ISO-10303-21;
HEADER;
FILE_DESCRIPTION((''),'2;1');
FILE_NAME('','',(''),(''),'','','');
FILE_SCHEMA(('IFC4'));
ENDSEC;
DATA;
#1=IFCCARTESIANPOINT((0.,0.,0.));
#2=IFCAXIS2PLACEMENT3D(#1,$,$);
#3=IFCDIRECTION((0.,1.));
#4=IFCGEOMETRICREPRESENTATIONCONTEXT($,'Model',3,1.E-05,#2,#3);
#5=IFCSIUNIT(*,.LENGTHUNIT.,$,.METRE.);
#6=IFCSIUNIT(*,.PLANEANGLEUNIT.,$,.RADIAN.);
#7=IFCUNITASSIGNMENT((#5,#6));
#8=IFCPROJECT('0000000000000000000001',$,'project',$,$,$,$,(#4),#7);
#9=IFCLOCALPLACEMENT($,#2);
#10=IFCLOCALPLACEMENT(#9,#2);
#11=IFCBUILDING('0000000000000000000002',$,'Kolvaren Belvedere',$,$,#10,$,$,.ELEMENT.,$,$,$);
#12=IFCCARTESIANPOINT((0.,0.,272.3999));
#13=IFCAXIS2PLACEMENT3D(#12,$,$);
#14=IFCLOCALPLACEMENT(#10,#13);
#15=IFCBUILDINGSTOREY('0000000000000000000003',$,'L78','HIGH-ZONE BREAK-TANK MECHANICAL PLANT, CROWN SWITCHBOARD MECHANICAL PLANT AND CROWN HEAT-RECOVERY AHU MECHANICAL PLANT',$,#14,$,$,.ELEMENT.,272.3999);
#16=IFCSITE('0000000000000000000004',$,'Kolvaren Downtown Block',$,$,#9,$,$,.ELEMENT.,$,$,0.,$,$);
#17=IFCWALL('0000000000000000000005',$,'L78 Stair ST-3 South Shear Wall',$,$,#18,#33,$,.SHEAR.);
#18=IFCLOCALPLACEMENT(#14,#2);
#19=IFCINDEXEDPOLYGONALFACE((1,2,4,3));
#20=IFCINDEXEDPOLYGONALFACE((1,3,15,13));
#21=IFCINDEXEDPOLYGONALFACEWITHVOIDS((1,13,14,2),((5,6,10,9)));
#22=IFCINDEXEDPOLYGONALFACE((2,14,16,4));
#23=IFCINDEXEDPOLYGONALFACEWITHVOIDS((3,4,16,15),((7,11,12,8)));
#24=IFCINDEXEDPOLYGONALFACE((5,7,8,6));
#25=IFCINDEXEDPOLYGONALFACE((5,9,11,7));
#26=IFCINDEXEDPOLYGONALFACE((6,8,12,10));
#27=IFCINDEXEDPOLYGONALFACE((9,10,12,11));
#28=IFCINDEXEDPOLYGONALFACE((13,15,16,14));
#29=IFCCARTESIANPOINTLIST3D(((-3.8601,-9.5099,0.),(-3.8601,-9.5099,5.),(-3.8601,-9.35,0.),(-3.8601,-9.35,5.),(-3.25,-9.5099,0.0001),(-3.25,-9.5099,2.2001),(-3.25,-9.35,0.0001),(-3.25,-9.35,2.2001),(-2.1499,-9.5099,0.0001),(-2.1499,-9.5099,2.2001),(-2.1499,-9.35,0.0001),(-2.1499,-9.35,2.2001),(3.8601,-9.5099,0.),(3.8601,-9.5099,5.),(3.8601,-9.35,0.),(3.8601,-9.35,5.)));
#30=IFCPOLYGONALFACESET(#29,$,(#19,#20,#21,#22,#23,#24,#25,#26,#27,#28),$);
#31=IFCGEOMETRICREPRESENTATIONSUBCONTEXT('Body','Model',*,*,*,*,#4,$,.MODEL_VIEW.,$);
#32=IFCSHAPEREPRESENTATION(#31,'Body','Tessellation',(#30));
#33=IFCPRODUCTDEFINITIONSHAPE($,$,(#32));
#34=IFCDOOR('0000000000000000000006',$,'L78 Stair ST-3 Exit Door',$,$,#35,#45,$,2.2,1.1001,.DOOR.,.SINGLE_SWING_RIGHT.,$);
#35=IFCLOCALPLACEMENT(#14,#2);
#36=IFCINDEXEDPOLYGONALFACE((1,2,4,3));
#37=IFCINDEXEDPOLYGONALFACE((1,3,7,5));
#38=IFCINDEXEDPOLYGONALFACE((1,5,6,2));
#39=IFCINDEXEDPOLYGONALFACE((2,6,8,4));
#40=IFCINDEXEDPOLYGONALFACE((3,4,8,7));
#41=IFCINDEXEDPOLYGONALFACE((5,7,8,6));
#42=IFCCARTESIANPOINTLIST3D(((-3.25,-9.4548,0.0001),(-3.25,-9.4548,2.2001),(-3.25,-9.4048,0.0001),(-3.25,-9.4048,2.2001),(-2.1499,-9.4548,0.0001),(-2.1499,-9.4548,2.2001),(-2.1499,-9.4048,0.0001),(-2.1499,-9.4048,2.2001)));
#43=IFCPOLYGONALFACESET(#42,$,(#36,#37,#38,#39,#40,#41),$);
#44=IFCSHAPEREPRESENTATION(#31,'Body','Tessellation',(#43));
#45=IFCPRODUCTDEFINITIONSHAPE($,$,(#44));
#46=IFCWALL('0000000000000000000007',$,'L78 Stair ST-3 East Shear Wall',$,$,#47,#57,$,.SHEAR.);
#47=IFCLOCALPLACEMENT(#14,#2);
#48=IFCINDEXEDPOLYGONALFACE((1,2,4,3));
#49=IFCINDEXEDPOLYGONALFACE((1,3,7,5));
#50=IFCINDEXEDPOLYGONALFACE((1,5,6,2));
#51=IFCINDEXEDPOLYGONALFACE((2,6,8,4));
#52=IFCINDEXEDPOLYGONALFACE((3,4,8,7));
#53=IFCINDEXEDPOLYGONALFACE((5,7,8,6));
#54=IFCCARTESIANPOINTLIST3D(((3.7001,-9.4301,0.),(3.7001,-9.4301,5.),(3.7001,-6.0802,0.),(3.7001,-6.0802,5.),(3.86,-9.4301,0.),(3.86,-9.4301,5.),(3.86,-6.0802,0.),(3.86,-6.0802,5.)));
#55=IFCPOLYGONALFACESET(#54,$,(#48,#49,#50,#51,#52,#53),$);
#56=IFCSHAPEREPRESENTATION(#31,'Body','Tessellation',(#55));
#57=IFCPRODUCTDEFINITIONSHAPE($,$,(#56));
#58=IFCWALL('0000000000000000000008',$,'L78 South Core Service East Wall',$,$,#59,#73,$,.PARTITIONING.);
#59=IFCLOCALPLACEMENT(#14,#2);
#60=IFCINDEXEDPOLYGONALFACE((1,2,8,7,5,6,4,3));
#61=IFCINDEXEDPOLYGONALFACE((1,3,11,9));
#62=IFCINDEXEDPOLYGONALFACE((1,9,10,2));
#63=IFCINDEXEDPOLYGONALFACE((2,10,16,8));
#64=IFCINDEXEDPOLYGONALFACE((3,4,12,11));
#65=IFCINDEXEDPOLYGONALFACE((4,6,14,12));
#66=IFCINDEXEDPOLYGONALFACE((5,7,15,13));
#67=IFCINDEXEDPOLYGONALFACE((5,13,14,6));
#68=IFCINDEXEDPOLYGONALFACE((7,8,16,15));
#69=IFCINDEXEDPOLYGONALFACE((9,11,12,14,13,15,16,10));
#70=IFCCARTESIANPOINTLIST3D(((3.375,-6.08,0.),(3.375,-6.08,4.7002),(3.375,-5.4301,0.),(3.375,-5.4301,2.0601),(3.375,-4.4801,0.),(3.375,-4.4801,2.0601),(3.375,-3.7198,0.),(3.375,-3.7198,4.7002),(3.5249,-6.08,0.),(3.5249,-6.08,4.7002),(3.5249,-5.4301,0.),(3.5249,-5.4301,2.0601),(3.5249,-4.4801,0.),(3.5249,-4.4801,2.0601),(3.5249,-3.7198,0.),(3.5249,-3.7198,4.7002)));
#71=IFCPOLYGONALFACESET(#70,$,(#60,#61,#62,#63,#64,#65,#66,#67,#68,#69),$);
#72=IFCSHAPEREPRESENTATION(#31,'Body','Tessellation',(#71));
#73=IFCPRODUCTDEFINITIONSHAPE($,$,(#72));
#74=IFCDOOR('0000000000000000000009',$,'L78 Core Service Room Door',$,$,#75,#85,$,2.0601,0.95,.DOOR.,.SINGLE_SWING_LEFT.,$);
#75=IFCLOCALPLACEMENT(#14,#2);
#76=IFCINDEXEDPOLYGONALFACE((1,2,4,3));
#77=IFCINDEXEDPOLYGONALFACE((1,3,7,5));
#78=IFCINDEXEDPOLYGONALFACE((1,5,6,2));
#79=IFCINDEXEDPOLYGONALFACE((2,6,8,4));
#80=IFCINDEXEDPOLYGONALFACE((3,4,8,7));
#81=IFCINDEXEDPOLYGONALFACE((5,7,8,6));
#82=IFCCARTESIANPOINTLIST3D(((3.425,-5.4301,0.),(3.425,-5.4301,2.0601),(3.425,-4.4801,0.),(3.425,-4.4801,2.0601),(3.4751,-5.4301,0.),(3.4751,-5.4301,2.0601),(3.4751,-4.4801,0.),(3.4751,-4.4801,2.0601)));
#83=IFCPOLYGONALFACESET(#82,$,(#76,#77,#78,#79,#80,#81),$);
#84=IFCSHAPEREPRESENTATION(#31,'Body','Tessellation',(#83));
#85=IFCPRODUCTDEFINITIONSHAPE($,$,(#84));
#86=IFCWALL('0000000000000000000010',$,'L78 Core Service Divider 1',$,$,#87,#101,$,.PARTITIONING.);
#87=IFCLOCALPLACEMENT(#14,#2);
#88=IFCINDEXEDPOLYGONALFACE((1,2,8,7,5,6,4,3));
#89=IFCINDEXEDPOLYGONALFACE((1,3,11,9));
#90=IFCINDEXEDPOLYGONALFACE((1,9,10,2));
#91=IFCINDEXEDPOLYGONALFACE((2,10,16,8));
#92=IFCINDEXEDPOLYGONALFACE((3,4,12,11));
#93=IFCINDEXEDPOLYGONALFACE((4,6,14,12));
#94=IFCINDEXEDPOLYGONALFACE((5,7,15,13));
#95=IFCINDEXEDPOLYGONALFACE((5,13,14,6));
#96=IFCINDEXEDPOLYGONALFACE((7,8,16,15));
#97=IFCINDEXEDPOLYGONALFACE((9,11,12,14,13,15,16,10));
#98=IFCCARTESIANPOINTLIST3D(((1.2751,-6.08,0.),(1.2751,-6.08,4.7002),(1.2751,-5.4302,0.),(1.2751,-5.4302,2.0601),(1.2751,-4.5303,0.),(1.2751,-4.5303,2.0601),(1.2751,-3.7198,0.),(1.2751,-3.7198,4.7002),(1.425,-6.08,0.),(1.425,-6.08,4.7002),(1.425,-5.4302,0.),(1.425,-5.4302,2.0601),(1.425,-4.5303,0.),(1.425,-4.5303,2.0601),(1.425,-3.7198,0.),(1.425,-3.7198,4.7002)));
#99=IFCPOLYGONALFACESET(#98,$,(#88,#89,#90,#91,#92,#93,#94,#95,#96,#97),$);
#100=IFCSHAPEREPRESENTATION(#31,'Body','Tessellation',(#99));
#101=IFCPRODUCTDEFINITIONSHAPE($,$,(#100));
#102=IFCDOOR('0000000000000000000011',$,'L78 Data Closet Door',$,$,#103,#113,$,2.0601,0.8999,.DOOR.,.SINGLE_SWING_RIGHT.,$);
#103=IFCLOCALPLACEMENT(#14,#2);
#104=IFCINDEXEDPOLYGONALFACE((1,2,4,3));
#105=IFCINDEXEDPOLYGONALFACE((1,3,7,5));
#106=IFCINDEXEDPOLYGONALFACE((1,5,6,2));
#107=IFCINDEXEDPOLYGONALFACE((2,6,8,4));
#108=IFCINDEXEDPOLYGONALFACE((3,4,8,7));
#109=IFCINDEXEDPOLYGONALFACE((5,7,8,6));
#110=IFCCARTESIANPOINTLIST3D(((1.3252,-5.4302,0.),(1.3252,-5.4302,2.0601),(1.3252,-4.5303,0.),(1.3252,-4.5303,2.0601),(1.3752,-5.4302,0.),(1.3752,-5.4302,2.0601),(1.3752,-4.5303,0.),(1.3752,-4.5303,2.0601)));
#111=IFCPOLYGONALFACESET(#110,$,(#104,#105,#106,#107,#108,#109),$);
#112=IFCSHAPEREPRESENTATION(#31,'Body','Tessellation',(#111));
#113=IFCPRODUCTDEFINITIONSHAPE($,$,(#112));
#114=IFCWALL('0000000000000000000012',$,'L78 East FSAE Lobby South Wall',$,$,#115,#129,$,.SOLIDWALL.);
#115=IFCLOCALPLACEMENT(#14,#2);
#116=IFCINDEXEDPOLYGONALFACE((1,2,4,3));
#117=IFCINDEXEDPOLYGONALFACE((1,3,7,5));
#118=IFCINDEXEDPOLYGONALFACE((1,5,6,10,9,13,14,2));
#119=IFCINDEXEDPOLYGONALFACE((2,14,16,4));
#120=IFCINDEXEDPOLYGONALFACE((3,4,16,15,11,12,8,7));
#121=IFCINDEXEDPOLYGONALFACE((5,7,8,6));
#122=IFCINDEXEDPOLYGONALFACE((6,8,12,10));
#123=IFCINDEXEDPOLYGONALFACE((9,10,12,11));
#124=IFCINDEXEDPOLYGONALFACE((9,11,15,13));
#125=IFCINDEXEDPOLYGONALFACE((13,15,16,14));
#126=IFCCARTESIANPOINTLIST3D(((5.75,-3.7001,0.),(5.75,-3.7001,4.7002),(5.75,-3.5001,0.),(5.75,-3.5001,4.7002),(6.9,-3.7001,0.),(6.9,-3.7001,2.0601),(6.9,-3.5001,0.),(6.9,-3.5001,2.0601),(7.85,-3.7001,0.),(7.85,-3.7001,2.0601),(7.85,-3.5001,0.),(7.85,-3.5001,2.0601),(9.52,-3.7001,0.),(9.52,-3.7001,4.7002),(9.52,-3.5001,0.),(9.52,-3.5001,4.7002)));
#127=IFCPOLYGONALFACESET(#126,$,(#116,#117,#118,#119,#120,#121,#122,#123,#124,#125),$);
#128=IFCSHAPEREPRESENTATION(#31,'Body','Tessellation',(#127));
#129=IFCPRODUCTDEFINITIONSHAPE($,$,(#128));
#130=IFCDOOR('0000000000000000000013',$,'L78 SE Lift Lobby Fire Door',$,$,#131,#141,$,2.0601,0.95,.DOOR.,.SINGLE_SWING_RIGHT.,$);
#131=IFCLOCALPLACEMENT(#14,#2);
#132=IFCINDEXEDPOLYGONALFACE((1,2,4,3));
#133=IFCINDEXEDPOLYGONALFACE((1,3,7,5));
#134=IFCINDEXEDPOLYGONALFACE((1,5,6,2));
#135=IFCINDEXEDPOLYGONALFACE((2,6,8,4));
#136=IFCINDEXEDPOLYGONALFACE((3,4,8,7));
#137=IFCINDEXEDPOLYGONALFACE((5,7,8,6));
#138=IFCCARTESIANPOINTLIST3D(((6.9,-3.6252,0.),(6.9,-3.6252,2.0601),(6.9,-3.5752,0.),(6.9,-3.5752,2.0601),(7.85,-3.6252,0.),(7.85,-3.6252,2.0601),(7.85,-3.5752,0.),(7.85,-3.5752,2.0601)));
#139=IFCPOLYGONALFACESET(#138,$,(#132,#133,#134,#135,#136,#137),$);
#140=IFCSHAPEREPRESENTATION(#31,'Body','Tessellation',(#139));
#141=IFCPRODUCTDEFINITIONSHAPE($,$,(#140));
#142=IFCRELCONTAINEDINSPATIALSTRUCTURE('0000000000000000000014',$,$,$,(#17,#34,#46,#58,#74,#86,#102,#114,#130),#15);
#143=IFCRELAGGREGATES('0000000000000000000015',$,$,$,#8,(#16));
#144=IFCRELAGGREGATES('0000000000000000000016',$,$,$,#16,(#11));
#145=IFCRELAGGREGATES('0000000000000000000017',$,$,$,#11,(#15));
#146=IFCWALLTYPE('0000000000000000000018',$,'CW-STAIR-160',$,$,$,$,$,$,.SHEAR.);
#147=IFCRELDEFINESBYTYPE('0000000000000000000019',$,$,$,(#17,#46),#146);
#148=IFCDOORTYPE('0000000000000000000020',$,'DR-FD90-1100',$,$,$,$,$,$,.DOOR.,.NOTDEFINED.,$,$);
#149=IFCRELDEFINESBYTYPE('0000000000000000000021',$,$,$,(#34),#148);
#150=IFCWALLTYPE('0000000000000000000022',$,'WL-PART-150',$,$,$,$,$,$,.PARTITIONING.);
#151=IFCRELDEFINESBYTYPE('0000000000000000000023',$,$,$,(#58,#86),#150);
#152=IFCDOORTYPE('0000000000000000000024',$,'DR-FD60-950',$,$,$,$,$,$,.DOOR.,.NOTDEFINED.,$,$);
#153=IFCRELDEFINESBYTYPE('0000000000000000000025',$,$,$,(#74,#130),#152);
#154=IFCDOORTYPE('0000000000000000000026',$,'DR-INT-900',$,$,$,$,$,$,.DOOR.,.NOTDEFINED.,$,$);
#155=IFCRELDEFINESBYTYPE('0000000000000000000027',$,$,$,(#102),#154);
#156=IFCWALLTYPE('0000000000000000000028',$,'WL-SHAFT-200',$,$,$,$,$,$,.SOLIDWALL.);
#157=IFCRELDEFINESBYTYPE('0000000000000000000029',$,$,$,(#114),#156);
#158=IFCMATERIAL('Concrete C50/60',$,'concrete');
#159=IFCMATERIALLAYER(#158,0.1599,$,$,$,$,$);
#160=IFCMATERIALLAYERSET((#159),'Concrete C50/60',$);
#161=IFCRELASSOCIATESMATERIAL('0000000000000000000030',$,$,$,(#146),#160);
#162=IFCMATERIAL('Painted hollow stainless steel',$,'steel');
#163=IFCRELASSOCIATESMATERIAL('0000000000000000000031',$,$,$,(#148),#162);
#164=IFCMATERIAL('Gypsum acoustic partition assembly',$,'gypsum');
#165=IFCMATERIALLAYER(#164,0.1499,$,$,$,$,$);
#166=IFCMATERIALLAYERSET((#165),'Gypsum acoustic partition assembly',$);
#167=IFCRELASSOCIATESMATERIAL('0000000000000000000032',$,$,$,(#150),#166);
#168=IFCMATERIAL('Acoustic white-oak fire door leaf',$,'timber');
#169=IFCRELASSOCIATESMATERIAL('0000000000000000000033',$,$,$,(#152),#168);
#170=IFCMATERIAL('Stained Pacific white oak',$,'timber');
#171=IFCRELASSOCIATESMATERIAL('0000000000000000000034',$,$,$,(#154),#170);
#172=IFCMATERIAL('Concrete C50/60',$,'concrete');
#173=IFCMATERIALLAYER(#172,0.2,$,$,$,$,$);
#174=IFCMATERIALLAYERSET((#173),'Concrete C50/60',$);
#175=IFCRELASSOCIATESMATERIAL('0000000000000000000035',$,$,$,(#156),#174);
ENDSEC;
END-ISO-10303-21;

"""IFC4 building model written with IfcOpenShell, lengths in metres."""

from ifc_helpers import new_model, si_unit, direction, frame, frame_2d, origin, place, context, subcontext, project, spatial, rectangle, extrude, material, layer, layer_set, type_object, element, fill, save


model = new_model("IFC4")

# Units and contexts
model_context = context("Model", 3, precision=1e-05, world=origin(), true_north=direction((0.0, 1.0)))
body_context = subcontext(model_context, "Body", "Model", "MODEL_VIEW")
ifc_project = project(units=[si_unit("LENGTHUNIT", "METRE"), si_unit("PLANEANGLEUNIT", "RADIAN")], contexts=[model_context])

# Site, building, storey
site_placement = place(None, origin())
site = spatial("IfcSite", under=ifc_project, at=site_placement, Name="Kolvaren Downtown Block", CompositionType="ELEMENT", RefElevation=0.0)
building_placement = place(site_placement, origin())
building = spatial("IfcBuilding", under=site, at=building_placement, Name="Kolvaren Belvedere", CompositionType="ELEMENT")
storey_placement = place(building_placement, frame((0.0, 0.0, 272.3999)))
storey = spatial("IfcBuildingStorey", under=building, at=storey_placement, Name="L78", Description="HIGH-ZONE BREAK-TANK MECHANICAL PLANT, CROWN SWITCHBOARD MECHANICAL PLANT AND CROWN HEAT-RECOVERY AHU MECHANICAL PLANT", CompositionType="ELEMENT", Elevation=272.3999)

# Wall, opening, door
ifc_material_1 = material(Name="Concrete C50/60", Category="concrete")
ifc_layer_1 = layer(ifc_material_1, 0.1599)
ifc_layer_set_1 = layer_set([ifc_layer_1], Name="Concrete C50/60")
wall_type_1 = type_object("IfcWallType", Name="CW-STAIR-160", PredefinedType="SHEAR", material=ifc_layer_set_1)
wall_1_placement = place(storey_placement, frame((3.8601, -9.4299, 0.0), z_axis=(0.0, 0.0, 1.0), x_axis=(-1.0, 0.0, 0.0)))
wall_1 = element("IfcWall", 1, at=wall_1_placement, inside=storey, type_object=wall_type_1, Name="L78 Stair ST-3 South Shear Wall", PredefinedType="SHEAR", context=body_context, shape_type="SweptSolid", body=[
    extrude(rectangle(XDim=7.7202, YDim=0.1599, at=frame_2d((3.8601, 0.0))), origin(), (0.0, 0.0, 1.0), 5.0),
])
opening_1_placement = place(wall_1_placement, frame((6.01, 0.0, 0.0)))
opening_1 = element("IfcOpeningElement", 2, at=opening_1_placement, cuts=wall_1, PredefinedType="OPENING", context=body_context, shape_type="SweptSolid", body=[
    extrude(rectangle(XDim=1.1001, YDim=2.2, at=frame_2d((0.55, 1.1001))), frame((0.0, 0.0898, 0.0), z_axis=(0.0, -1.0, 0.0), x_axis=(1.0, 0.0, 0.0)), (0.0, 0.0, 1.0), 0.1799),
])
ifc_material_2 = material(Name="Painted hollow stainless steel", Category="steel")
door_type_1 = type_object("IfcDoorType", Name="DR-FD90-1100", OperationType="NOTDEFINED", PredefinedType="DOOR", material=ifc_material_2)
door_1_placement = place(opening_1_placement, origin())
door_1 = element("IfcDoor", 3, at=door_1_placement, inside=storey, type_object=door_type_1, Name="L78 Stair ST-3 Exit Door", OperationType="SINGLE_SWING_RIGHT", OverallHeight=2.2, OverallWidth=1.1001, PredefinedType="DOOR", context=body_context, shape_type="SweptSolid", body=[
    extrude(rectangle(XDim=1.1001, YDim=2.2, at=frame_2d((0.55, 1.1001))), frame((0.0, 0.0249, 0.0), z_axis=(0.0, -1.0, 0.0), x_axis=(1.0, 0.0, 0.0)), (0.0, 0.0, 1.0), 0.05),
])
fill(opening_1, door_1)

# Wall
wall_2_placement = place(storey_placement, frame((3.78, -9.4299, 0.0), z_axis=(0.0, 0.0, 1.0), x_axis=(0.0, 1.0, 0.0)))
element("IfcWall", 4, at=wall_2_placement, inside=storey, type_object=wall_type_1, Name="L78 Stair ST-3 East Shear Wall", PredefinedType="SHEAR", context=body_context, shape_type="SweptSolid", body=[
    extrude(rectangle(XDim=3.3499, YDim=0.1599, at=frame_2d((1.6748, 0.0))), origin(), (0.0, 0.0, 1.0), 5.0),
])

# Walls, openings, doors
ifc_material_3 = material(Name="Gypsum acoustic partition assembly", Category="gypsum")
ifc_layer_2 = layer(ifc_material_3, 0.1499)
ifc_layer_set_2 = layer_set([ifc_layer_2], Name="Gypsum acoustic partition assembly")
wall_type_2 = type_object("IfcWallType", Name="WL-PART-150", PredefinedType="PARTITIONING", material=ifc_layer_set_2)
wall_3_placement = place(storey_placement, frame((3.45, -6.0801, 0.0), z_axis=(0.0, 0.0, 1.0), x_axis=(0.0, 1.0, 0.0)))
wall_3 = element("IfcWall", 5, at=wall_3_placement, inside=storey, type_object=wall_type_2, Name="L78 South Core Service East Wall", PredefinedType="PARTITIONING", context=body_context, shape_type="SweptSolid", body=[
    extrude(rectangle(XDim=2.3601, YDim=0.1499, at=frame_2d((1.1802, 0.0))), origin(), (0.0, 0.0, 1.0), 4.7002),
])
opening_2_placement = place(wall_3_placement, frame((0.6499, 0.0, 0.0)))
opening_2 = element("IfcOpeningElement", 6, at=opening_2_placement, cuts=wall_3, PredefinedType="OPENING", context=body_context, shape_type="SweptSolid", body=[
    extrude(rectangle(XDim=0.95, YDim=2.0601, at=frame_2d((0.4751, 1.03))), frame((0.0, 0.085, 0.0), z_axis=(0.0, -1.0, 0.0), x_axis=(1.0, 0.0, 0.0)), (0.0, 0.0, 1.0), 0.1699),
])
ifc_material_4 = material(Name="Acoustic white-oak fire door leaf", Category="timber")
door_type_2 = type_object("IfcDoorType", Name="DR-FD60-950", OperationType="NOTDEFINED", PredefinedType="DOOR", material=ifc_material_4)
door_2_placement = place(opening_2_placement, origin())
door_2 = element("IfcDoor", 7, at=door_2_placement, inside=storey, type_object=door_type_2, Name="L78 Core Service Room Door", OperationType="SINGLE_SWING_LEFT", OverallHeight=2.0601, OverallWidth=0.95, PredefinedType="DOOR", context=body_context, shape_type="SweptSolid", body=[
    extrude(rectangle(XDim=0.95, YDim=2.0601, at=frame_2d((0.4751, 1.03))), frame((0.0, 0.0249, 0.0), z_axis=(0.0, -1.0, 0.0), x_axis=(1.0, 0.0, 0.0)), (0.0, 0.0, 1.0), 0.05),
])
fill(opening_2, door_2)
wall_4_placement = place(storey_placement, frame((1.3501, -6.0801, 0.0), z_axis=(0.0, 0.0, 1.0), x_axis=(0.0, 1.0, 0.0)))
wall_4 = element("IfcWall", 8, at=wall_4_placement, inside=storey, type_object=wall_type_2, Name="L78 Core Service Divider 1", PredefinedType="PARTITIONING", context=body_context, shape_type="SweptSolid", body=[
    extrude(rectangle(XDim=2.3601, YDim=0.1499, at=frame_2d((1.1802, 0.0))), origin(), (0.0, 0.0, 1.0), 4.7002),
])
opening_3_placement = place(wall_4_placement, frame((0.6499, 0.0, 0.0)))
opening_3 = element("IfcOpeningElement", 9, at=opening_3_placement, cuts=wall_4, PredefinedType="OPENING", context=body_context, shape_type="SweptSolid", body=[
    extrude(rectangle(XDim=0.8999, YDim=2.0601, at=frame_2d((0.45, 1.03))), frame((0.0, 0.085, 0.0), z_axis=(0.0, -1.0, 0.0), x_axis=(1.0, 0.0, 0.0)), (0.0, 0.0, 1.0), 0.1699),
])
ifc_material_5 = material(Name="Stained Pacific white oak", Category="timber")
door_type_3 = type_object("IfcDoorType", Name="DR-INT-900", OperationType="NOTDEFINED", PredefinedType="DOOR", material=ifc_material_5)
door_3_placement = place(opening_3_placement, origin())
door_3 = element("IfcDoor", 10, at=door_3_placement, inside=storey, type_object=door_type_3, Name="L78 Data Closet Door", OperationType="SINGLE_SWING_RIGHT", OverallHeight=2.0601, OverallWidth=0.8999, PredefinedType="DOOR", context=body_context, shape_type="SweptSolid", body=[
    extrude(rectangle(XDim=0.8999, YDim=2.0601, at=frame_2d((0.45, 1.03))), frame((0.0, 0.0249, 0.0), z_axis=(0.0, -1.0, 0.0), x_axis=(1.0, 0.0, 0.0)), (0.0, 0.0, 1.0), 0.05),
])
fill(opening_3, door_3)
ifc_material_6 = material(Name="Concrete C50/60", Category="concrete")
ifc_layer_3 = layer(ifc_material_6, 0.2)
ifc_layer_set_3 = layer_set([ifc_layer_3], Name="Concrete C50/60")
wall_type_3 = type_object("IfcWallType", Name="WL-SHAFT-200", PredefinedType="SOLIDWALL", material=ifc_layer_set_3)
wall_5_placement = place(storey_placement, frame((5.75, -3.6001, 0.0), z_axis=(0.0, 0.0, 1.0), x_axis=(1.0, 0.0, 0.0)))
wall_5 = element("IfcWall", 11, at=wall_5_placement, inside=storey, type_object=wall_type_3, Name="L78 East FSAE Lobby South Wall", PredefinedType="SOLIDWALL", context=body_context, shape_type="SweptSolid", body=[
    extrude(rectangle(XDim=3.77, YDim=0.2, at=frame_2d((1.885, 0.0))), origin(), (0.0, 0.0, 1.0), 4.7002),
])
opening_4_placement = place(wall_5_placement, frame((1.1499, 0.0, 0.0)))
opening_4 = element("IfcOpeningElement", 12, at=opening_4_placement, cuts=wall_5, PredefinedType="OPENING", context=body_context, shape_type="SweptSolid", body=[
    extrude(rectangle(XDim=0.95, YDim=2.0601, at=frame_2d((0.4751, 1.03))), frame((0.0, 0.1099, 0.0), z_axis=(0.0, -1.0, 0.0), x_axis=(1.0, 0.0, 0.0)), (0.0, 0.0, 1.0), 0.22),
])
door_4_placement = place(opening_4_placement, origin())
door_4 = element("IfcDoor", 13, at=door_4_placement, inside=storey, type_object=door_type_2, Name="L78 SE Lift Lobby Fire Door", OperationType="SINGLE_SWING_RIGHT", OverallHeight=2.0601, OverallWidth=0.95, PredefinedType="DOOR", context=body_context, shape_type="SweptSolid", body=[
    extrude(rectangle(XDim=0.95, YDim=2.0601, at=frame_2d((0.4751, 1.03))), frame((0.0, 0.0249, 0.0), z_axis=(0.0, -1.0, 0.0), x_axis=(1.0, 0.0, 0.0)), (0.0, 0.0, 1.0), 0.05),
])
fill(opening_4, door_4)

save(model, "model.ifc")
